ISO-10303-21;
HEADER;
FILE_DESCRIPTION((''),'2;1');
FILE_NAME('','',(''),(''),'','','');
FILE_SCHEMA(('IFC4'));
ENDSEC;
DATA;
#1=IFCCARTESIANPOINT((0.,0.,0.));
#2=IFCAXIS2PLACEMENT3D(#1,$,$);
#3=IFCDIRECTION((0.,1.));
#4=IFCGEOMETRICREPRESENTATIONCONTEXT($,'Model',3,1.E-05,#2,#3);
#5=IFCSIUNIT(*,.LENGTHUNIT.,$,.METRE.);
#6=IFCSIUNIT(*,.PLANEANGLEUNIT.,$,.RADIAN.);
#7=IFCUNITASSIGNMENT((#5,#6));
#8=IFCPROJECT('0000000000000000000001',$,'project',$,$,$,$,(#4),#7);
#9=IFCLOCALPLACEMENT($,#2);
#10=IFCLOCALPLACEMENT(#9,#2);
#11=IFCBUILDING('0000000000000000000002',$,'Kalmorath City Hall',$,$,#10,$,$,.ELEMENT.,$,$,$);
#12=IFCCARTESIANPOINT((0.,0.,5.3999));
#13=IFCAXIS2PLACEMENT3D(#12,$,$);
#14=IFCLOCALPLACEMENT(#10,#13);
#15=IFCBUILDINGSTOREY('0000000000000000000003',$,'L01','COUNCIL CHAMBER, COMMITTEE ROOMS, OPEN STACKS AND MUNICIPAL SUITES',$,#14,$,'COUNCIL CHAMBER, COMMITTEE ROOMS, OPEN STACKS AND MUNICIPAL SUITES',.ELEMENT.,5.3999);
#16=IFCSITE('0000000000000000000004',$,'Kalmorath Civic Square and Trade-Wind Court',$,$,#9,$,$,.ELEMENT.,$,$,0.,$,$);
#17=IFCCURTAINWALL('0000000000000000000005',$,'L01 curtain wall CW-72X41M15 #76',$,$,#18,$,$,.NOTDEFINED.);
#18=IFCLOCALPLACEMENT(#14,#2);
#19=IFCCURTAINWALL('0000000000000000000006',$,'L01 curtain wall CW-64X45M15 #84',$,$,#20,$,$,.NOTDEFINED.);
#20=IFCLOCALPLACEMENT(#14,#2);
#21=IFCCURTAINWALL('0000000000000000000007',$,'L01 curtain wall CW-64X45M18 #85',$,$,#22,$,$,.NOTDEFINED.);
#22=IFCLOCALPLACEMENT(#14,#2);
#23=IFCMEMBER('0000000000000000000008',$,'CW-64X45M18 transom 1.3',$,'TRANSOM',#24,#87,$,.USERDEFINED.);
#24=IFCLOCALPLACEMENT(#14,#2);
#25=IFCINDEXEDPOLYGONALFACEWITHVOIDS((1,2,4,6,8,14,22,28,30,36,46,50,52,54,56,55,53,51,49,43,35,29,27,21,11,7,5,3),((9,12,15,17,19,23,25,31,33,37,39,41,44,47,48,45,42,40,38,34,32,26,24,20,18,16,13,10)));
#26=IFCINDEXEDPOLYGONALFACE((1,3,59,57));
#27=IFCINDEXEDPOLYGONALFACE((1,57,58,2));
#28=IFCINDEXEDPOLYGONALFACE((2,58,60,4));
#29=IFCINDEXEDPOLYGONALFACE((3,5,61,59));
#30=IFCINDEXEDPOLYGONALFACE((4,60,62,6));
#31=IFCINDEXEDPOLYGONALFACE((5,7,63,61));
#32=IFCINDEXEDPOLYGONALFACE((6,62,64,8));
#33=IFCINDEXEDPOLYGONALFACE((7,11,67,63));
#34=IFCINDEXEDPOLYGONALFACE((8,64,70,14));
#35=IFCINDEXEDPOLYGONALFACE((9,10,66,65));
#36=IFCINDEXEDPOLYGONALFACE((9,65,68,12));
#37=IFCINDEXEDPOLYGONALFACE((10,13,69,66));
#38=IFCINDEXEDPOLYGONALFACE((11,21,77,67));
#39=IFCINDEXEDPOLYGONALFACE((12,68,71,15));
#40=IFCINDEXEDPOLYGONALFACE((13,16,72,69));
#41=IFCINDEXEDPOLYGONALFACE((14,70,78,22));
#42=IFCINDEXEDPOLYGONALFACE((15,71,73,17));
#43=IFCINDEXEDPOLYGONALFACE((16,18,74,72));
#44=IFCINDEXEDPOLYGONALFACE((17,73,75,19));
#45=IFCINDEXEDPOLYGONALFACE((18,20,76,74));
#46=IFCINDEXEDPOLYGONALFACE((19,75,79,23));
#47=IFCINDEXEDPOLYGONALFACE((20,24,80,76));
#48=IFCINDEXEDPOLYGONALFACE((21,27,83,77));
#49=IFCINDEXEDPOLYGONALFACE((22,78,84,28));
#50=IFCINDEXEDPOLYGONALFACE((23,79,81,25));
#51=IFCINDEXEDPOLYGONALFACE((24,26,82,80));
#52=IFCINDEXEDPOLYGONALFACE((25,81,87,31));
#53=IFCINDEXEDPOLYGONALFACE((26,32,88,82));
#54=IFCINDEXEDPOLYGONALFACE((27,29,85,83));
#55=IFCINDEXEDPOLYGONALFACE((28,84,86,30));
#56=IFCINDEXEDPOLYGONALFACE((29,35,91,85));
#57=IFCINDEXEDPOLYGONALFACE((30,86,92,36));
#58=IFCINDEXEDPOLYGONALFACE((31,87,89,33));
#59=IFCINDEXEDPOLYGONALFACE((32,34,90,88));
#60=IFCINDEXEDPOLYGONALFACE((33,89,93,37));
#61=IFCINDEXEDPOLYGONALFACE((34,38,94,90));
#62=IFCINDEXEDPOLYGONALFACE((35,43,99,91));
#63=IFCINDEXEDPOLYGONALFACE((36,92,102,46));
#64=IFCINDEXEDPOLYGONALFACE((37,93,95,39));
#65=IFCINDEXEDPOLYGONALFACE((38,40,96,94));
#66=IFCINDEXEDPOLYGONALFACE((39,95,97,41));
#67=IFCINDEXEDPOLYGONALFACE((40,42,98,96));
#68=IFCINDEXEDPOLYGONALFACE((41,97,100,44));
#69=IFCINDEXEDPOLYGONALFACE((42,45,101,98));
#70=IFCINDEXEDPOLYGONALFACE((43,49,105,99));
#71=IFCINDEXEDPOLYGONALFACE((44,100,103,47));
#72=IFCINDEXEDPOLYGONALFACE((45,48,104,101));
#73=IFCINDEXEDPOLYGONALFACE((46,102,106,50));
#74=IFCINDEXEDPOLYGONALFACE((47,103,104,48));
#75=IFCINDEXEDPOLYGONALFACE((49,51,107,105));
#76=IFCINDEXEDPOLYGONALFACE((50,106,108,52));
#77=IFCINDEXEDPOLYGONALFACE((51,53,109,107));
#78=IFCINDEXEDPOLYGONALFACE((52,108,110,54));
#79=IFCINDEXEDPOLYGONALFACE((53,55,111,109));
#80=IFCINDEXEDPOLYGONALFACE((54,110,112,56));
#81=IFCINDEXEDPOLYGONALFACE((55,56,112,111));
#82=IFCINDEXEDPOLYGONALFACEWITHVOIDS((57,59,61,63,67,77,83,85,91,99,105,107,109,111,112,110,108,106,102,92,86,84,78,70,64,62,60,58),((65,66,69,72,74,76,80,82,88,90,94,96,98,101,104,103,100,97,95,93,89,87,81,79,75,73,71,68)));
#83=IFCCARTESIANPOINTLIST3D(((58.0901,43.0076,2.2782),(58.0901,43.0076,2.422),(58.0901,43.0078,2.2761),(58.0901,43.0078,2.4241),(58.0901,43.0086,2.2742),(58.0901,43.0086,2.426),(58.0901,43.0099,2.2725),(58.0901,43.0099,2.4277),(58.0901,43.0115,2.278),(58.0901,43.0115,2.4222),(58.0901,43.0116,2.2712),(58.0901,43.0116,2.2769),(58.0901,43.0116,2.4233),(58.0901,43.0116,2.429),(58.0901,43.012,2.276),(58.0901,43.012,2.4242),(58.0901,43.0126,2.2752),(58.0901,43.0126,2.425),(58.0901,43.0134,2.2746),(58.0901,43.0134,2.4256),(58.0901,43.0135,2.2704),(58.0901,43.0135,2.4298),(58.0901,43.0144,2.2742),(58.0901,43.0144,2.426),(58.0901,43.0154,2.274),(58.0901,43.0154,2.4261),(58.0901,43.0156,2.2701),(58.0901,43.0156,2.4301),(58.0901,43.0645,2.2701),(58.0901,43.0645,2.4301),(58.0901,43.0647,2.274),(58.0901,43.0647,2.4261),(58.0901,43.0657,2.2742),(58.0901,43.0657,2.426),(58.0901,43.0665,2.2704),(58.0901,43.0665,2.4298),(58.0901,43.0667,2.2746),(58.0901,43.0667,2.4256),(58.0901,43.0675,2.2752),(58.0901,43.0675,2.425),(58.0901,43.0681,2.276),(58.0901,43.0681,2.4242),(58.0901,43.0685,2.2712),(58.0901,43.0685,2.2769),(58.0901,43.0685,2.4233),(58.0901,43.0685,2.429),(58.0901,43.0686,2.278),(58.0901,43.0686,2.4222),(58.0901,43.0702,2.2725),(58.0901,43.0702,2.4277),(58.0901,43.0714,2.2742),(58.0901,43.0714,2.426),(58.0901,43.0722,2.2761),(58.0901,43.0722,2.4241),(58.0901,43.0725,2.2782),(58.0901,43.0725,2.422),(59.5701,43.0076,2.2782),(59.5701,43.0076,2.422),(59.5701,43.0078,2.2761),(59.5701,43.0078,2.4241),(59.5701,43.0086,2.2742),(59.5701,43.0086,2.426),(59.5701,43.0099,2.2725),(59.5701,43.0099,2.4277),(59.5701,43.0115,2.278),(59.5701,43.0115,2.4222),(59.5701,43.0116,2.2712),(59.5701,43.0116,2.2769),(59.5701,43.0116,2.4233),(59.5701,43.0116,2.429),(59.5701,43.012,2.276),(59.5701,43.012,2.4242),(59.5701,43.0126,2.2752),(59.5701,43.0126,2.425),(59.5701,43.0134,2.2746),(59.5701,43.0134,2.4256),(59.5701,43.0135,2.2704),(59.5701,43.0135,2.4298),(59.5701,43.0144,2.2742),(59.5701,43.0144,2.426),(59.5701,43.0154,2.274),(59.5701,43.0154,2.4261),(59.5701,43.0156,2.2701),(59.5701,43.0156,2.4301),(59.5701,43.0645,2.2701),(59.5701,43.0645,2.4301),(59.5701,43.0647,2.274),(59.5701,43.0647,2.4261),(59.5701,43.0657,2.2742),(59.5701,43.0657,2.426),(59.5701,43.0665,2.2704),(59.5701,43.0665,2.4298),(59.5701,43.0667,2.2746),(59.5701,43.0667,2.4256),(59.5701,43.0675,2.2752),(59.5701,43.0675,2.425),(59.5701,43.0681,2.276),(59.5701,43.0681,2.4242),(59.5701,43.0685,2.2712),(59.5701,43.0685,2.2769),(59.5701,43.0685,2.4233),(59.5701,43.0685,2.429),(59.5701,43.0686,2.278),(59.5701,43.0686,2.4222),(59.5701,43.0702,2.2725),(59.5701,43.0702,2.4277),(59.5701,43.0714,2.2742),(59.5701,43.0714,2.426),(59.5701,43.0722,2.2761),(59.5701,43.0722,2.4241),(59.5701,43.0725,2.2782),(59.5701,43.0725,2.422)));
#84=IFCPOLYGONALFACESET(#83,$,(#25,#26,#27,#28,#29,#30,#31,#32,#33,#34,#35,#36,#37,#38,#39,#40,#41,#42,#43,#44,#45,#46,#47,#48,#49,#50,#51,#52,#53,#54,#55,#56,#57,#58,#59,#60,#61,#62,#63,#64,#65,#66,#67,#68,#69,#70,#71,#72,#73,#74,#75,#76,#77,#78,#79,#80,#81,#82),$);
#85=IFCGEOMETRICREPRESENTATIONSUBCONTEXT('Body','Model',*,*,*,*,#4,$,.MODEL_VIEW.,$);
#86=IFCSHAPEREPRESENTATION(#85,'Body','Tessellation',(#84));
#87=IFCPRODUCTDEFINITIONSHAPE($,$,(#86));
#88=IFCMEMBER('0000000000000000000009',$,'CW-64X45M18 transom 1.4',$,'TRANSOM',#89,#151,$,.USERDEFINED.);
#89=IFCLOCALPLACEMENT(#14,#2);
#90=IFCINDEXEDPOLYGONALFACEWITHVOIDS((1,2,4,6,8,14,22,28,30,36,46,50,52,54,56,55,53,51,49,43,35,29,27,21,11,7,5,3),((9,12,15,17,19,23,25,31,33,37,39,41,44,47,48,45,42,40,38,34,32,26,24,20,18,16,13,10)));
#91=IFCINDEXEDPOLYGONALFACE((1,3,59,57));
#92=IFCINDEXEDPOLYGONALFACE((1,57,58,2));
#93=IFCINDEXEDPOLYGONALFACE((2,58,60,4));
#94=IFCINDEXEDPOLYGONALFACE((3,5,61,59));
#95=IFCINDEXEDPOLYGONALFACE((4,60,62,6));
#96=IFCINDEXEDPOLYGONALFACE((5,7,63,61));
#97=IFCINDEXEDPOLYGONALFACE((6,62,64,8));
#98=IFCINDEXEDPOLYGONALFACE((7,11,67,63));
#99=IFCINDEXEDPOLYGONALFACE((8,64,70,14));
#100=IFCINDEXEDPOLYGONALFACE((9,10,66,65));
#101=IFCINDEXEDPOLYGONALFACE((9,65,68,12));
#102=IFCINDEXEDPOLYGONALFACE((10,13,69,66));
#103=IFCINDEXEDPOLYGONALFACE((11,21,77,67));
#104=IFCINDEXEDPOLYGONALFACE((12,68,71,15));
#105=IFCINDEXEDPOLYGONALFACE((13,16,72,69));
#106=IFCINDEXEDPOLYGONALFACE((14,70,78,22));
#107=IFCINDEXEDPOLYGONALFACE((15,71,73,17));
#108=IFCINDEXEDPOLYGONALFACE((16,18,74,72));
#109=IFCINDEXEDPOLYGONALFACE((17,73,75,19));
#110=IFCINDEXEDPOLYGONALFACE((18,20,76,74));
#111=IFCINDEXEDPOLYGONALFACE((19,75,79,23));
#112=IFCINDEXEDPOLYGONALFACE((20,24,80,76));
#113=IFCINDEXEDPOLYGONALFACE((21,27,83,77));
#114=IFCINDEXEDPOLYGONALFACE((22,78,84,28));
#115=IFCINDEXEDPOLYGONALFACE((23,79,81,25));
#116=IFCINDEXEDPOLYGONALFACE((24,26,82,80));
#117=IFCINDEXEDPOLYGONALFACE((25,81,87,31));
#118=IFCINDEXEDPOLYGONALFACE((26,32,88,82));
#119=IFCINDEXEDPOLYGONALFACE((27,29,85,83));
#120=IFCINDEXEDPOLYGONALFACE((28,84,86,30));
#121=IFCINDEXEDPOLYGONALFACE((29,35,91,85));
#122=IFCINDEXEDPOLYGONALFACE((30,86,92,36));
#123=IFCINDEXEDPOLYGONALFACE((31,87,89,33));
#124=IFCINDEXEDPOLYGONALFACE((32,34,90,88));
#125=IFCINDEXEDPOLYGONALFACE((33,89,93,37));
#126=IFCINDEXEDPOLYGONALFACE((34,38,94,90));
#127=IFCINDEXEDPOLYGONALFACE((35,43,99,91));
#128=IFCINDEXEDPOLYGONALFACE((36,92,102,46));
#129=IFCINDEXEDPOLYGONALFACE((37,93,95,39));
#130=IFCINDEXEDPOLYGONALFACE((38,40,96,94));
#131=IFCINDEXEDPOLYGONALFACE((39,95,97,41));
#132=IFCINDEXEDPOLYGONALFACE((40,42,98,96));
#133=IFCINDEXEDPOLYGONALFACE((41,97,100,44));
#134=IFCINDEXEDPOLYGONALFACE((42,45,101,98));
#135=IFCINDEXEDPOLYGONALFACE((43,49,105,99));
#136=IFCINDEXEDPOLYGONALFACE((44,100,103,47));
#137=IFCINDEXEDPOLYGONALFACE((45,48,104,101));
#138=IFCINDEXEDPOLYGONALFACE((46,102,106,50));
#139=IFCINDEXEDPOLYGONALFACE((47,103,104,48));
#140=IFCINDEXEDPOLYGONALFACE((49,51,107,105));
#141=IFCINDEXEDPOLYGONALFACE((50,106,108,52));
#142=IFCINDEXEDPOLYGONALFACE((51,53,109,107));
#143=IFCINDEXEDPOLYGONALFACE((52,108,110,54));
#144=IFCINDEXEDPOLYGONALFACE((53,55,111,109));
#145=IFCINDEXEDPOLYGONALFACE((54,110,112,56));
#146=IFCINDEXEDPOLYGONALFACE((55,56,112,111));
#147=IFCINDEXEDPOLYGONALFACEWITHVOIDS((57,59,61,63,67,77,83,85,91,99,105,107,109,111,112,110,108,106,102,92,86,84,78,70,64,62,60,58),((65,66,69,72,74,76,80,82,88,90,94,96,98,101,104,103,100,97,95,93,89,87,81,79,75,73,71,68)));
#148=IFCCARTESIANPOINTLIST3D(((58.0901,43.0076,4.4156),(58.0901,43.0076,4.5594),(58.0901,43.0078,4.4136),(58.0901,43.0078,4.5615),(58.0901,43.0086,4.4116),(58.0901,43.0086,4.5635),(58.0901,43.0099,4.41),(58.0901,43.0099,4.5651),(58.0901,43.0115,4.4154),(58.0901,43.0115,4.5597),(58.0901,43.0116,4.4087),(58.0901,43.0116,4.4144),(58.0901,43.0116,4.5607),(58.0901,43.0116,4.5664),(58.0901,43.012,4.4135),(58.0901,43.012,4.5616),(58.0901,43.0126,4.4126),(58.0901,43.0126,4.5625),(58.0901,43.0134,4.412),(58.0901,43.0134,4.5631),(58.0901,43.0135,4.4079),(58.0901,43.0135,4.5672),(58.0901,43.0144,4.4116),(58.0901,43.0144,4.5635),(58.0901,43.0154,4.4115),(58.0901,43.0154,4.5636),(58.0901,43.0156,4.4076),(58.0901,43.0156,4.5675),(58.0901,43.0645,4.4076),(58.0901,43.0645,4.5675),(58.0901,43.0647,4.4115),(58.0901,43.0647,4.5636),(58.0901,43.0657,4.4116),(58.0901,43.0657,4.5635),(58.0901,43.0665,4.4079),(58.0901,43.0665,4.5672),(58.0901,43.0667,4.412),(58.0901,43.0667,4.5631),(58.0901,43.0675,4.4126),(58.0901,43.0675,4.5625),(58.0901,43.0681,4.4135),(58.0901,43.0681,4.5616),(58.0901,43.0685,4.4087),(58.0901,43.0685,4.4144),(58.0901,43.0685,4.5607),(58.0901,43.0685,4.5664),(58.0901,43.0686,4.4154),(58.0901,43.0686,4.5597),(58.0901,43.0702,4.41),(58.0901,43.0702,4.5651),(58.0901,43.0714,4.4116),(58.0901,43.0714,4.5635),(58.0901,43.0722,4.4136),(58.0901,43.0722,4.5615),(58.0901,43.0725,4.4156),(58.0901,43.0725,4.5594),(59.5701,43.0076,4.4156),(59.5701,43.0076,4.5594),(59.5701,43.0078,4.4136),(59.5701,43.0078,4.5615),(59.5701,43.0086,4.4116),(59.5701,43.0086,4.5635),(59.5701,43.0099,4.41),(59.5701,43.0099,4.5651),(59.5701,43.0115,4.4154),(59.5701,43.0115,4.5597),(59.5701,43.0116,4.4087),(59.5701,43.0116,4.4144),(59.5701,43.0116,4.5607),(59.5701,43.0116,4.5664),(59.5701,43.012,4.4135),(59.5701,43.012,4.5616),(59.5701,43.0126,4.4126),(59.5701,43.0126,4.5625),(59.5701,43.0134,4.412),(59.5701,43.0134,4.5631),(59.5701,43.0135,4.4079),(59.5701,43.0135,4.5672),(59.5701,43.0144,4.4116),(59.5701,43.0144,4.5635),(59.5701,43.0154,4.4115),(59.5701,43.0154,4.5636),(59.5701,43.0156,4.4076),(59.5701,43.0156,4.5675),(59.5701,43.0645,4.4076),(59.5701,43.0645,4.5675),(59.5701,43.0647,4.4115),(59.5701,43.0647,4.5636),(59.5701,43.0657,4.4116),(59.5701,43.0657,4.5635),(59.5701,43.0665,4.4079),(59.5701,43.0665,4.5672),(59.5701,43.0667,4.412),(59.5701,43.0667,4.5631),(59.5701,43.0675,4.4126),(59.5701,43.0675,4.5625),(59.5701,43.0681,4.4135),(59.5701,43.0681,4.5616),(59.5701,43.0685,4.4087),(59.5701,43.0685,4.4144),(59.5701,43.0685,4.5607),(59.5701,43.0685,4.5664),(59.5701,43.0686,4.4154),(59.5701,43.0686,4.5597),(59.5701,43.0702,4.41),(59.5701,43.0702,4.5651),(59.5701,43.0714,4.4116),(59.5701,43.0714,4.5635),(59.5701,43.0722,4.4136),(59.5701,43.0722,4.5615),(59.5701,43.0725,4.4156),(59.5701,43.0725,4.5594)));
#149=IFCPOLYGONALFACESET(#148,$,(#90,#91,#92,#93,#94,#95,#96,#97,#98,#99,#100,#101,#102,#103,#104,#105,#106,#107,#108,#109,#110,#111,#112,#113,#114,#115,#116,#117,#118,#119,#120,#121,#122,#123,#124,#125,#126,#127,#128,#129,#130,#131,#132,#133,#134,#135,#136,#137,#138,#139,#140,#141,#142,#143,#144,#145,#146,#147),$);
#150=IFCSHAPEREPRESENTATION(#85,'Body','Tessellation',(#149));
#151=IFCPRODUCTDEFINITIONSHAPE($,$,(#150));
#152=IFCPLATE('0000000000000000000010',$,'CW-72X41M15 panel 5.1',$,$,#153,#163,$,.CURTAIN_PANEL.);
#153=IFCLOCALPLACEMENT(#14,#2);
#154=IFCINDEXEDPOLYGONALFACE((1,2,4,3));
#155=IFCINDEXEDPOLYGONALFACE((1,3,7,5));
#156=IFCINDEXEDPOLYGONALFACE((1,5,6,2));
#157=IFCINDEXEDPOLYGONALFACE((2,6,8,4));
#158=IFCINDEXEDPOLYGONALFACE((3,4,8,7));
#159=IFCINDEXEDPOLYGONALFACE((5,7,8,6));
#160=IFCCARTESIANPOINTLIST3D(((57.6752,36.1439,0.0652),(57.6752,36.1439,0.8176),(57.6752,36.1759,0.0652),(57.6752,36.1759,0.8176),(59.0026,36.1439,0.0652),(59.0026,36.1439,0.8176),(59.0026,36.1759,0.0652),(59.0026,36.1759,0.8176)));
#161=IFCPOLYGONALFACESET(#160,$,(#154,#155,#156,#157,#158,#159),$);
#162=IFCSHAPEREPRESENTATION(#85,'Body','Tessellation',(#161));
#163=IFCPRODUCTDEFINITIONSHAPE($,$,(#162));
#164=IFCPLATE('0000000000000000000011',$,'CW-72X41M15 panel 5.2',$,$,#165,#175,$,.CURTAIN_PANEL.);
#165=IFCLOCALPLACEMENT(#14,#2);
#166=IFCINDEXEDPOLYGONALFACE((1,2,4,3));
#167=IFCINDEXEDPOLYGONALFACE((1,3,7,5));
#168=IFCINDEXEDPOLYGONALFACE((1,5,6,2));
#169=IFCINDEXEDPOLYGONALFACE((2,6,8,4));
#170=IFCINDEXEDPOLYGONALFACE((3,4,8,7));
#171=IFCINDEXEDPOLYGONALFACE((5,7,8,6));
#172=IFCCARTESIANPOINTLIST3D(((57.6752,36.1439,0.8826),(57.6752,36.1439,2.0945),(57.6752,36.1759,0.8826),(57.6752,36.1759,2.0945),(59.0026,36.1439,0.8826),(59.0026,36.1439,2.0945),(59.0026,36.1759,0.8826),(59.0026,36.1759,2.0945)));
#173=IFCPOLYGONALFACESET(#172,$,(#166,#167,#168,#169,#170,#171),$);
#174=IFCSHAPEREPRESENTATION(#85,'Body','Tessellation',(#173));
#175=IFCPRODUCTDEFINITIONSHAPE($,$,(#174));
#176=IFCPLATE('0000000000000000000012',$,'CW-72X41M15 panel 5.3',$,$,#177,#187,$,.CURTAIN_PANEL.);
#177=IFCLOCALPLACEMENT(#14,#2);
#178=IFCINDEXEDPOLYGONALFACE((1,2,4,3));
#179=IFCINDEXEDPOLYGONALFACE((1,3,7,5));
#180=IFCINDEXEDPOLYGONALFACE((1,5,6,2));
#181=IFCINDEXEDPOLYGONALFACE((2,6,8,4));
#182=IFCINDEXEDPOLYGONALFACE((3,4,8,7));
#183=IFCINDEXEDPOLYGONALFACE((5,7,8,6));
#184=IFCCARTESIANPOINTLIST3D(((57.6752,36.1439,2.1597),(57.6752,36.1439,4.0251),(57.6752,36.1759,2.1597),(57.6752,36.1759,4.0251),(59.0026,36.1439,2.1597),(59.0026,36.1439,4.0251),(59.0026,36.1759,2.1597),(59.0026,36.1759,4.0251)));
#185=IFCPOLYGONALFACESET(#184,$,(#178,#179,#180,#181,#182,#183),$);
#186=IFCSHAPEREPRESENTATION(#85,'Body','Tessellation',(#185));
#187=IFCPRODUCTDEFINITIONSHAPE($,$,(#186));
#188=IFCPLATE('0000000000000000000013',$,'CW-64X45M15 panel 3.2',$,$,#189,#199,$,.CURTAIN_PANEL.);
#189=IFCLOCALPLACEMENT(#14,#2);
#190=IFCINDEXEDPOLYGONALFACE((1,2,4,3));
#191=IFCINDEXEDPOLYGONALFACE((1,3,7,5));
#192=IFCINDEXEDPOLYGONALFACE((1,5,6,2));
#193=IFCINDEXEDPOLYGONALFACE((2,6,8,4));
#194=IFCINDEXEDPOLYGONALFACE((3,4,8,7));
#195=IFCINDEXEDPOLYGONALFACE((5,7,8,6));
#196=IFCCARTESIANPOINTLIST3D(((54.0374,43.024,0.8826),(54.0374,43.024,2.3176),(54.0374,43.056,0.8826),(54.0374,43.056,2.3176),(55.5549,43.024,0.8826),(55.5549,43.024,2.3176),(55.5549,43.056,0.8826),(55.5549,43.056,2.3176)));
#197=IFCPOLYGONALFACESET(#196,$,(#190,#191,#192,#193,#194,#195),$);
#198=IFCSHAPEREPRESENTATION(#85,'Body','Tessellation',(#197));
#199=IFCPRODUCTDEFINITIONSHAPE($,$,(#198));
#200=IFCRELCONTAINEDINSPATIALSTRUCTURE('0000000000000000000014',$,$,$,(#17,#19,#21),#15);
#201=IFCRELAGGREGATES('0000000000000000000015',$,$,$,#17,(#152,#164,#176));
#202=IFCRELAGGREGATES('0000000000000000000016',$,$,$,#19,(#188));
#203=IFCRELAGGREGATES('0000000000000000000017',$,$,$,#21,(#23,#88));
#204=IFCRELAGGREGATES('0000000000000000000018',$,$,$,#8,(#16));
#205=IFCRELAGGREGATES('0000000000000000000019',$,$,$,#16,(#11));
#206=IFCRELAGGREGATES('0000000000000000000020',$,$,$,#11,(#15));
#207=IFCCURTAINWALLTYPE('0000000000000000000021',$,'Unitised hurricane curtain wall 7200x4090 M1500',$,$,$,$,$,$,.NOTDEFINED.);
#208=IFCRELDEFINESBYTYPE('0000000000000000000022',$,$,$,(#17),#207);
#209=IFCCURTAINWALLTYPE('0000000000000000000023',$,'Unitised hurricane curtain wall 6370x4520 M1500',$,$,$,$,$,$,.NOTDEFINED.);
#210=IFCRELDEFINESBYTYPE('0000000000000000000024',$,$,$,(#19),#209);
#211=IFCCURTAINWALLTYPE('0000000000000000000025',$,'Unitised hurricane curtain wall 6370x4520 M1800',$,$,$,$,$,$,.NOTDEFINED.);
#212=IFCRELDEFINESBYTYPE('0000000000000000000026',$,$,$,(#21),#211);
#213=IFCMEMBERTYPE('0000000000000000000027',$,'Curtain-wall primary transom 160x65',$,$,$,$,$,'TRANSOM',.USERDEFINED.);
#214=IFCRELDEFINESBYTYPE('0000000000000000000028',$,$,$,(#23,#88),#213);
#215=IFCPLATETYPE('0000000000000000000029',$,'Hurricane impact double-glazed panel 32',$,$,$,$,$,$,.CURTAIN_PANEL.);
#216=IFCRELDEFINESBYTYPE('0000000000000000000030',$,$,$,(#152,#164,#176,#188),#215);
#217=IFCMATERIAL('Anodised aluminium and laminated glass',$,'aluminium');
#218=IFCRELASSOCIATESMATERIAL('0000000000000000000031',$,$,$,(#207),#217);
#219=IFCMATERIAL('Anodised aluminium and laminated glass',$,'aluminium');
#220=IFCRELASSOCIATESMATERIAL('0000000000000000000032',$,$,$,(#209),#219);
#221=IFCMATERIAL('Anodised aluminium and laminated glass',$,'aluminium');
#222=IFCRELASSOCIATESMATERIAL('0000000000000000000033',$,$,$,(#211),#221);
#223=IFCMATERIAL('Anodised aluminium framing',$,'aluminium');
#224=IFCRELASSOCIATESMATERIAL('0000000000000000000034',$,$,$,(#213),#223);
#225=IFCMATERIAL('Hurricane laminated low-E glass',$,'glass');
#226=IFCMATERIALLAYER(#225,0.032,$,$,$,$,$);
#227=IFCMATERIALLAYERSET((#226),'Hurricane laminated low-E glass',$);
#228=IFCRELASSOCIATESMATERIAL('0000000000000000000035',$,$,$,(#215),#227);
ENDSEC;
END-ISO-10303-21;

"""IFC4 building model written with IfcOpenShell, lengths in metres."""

from ifc_helpers import new_model, si_unit, direction, frame, origin, origin_2d, place, context, subcontext, project, spatial, rectangle, hollow_rectangle, extrude, material, layer, layer_set, material_profile, profile_set, type_object, element, aggregate, save


model = new_model("IFC4")

# Units and contexts
model_context = context("Model", 3, precision=1e-05, world=origin(), true_north=direction((0.0, 1.0)))
body_context = subcontext(model_context, "Body", "Model", "MODEL_VIEW")
ifc_project = project(units=[si_unit("LENGTHUNIT", "METRE"), si_unit("PLANEANGLEUNIT", "RADIAN")], contexts=[model_context])

# Site, building, storey
site_placement = place(None, origin())
site = spatial("IfcSite", under=ifc_project, at=site_placement, Name="Kalmorath Civic Square and Trade-Wind Court", CompositionType="ELEMENT", RefElevation=0.0)
building_placement = place(site_placement, origin())
building = spatial("IfcBuilding", under=site, at=building_placement, Name="Kalmorath City Hall", CompositionType="ELEMENT")
storey_placement = place(building_placement, frame((0.0, 0.0, 5.3999)))
storey = spatial("IfcBuildingStorey", under=building, at=storey_placement, Name="L01", Description="COUNCIL CHAMBER, COMMITTEE ROOMS, OPEN STACKS AND MUNICIPAL SUITES", LongName="COUNCIL CHAMBER, COMMITTEE ROOMS, OPEN STACKS AND MUNICIPAL SUITES", CompositionType="ELEMENT", Elevation=5.3999)

# Curtain wall
ifc_material_1 = material(Name="Anodised aluminium and laminated glass", Category="aluminium")
curtain_wall_type_1 = type_object("IfcCurtainWallType", Name="Unitised hurricane curtain wall 7200x4090 M1500", PredefinedType="NOTDEFINED", material=ifc_material_1)
curtain_wall_1_placement = place(storey_placement, origin())
curtain_wall_1 = element("IfcCurtainWall", 1, at=curtain_wall_1_placement, inside=storey, type_object=curtain_wall_type_1, Name="L01 curtain wall CW-72X41M15 #76", PredefinedType="NOTDEFINED")

# Curtain wall
ifc_material_2 = material(Name="Anodised aluminium and laminated glass", Category="aluminium")
curtain_wall_type_2 = type_object("IfcCurtainWallType", Name="Unitised hurricane curtain wall 6370x4520 M1500", PredefinedType="NOTDEFINED", material=ifc_material_2)
curtain_wall_2_placement = place(storey_placement, origin())
curtain_wall_2 = element("IfcCurtainWall", 2, at=curtain_wall_2_placement, inside=storey, type_object=curtain_wall_type_2, Name="L01 curtain wall CW-64X45M15 #84", PredefinedType="NOTDEFINED")

# Curtain wall
ifc_material_3 = material(Name="Anodised aluminium and laminated glass", Category="aluminium")
curtain_wall_type_3 = type_object("IfcCurtainWallType", Name="Unitised hurricane curtain wall 6370x4520 M1800", PredefinedType="NOTDEFINED", material=ifc_material_3)
curtain_wall_3_placement = place(storey_placement, origin())
curtain_wall_3 = element("IfcCurtainWall", 3, at=curtain_wall_3_placement, inside=storey, type_object=curtain_wall_type_3, Name="L01 curtain wall CW-64X45M18 #85", PredefinedType="NOTDEFINED")

# Members
ifc_material_4 = material(Name="Anodised aluminium framing", Category="aluminium")
ifc_material_profile_1 = material_profile(ifc_material_4, hollow_rectangle(XDim=0.0649, YDim=0.1599, WallThickness=0.0039, InnerFilletRadius=0.0039, OuterFilletRadius=0.0081, at=origin_2d()), Name="ALU-TRN-160X65X4")
ifc_profile_set_1 = profile_set([ifc_material_profile_1], Name="Anodised aluminium framing")
member_type_1 = type_object("IfcMemberType", Name="Curtain-wall primary transom 160x65", ElementType="TRANSOM", PredefinedType="USERDEFINED", material=ifc_profile_set_1)
member_1_placement = place(storey_placement, frame((58.0901, 43.04, 2.3501), z_axis=(1.0, 0.0, 0.0), x_axis=(0.0, 1.0, 0.0)))
member_1 = element("IfcMember", 4, at=member_1_placement, type_object=member_type_1, Name="CW-64X45M18 transom 1.3", ObjectType="TRANSOM", PredefinedType="USERDEFINED", context=body_context, shape_type="SweptSolid", body=[
    extrude(hollow_rectangle(XDim=0.0649, YDim=0.1599, WallThickness=0.0039, InnerFilletRadius=0.0039, OuterFilletRadius=0.0081, at=origin_2d()), origin(), (0.0, 0.0, 1.0), 1.48),
])
member_2_placement = place(storey_placement, frame((58.0901, 43.04, 4.4875), z_axis=(1.0, 0.0, 0.0), x_axis=(0.0, 1.0, 0.0)))
member_2 = element("IfcMember", 5, at=member_2_placement, type_object=member_type_1, Name="CW-64X45M18 transom 1.4", ObjectType="TRANSOM", PredefinedType="USERDEFINED", context=body_context, shape_type="SweptSolid", body=[
    extrude(hollow_rectangle(XDim=0.0649, YDim=0.1599, WallThickness=0.0039, InnerFilletRadius=0.0039, OuterFilletRadius=0.0081, at=origin_2d()), origin(), (0.0, 0.0, 1.0), 1.48),
])

# Plates
ifc_material_5 = material(Name="Hurricane laminated low-E glass", Category="glass")
ifc_layer = layer(ifc_material_5, 0.032)
ifc_layer_set = layer_set([ifc_layer], Name="Hurricane laminated low-E glass")
plate_type = type_object("IfcPlateType", Name="Hurricane impact double-glazed panel 32", PredefinedType="CURTAIN_PANEL", material=ifc_layer_set)
plate_1_placement = place(storey_placement, frame((58.3389, 36.1599, 0.0652), z_axis=(0.0, 0.0, 1.0), x_axis=(-1.0, 0.0, 0.0)))
plate_1 = element("IfcPlate", 6, at=plate_1_placement, type_object=plate_type, Name="CW-72X41M15 panel 5.1", PredefinedType="CURTAIN_PANEL", context=body_context, shape_type="SweptSolid", body=[
    extrude(rectangle(XDim=1.3274, YDim=0.032, at=origin_2d()), origin(), (0.0, 0.0, 1.0), 0.7524),
])
plate_2_placement = place(storey_placement, frame((58.3389, 36.1599, 0.8826), z_axis=(0.0, 0.0, 1.0), x_axis=(-1.0, 0.0, 0.0)))
plate_2 = element("IfcPlate", 7, at=plate_2_placement, type_object=plate_type, Name="CW-72X41M15 panel 5.2", PredefinedType="CURTAIN_PANEL", context=body_context, shape_type="SweptSolid", body=[
    extrude(rectangle(XDim=1.3274, YDim=0.032, at=origin_2d()), origin(), (0.0, 0.0, 1.0), 1.2119),
])
plate_3_placement = place(storey_placement, frame((58.3389, 36.1599, 2.1597), z_axis=(0.0, 0.0, 1.0), x_axis=(-1.0, 0.0, 0.0)))
plate_3 = element("IfcPlate", 8, at=plate_3_placement, type_object=plate_type, Name="CW-72X41M15 panel 5.3", PredefinedType="CURTAIN_PANEL", context=body_context, shape_type="SweptSolid", body=[
    extrude(rectangle(XDim=1.3274, YDim=0.032, at=origin_2d()), origin(), (0.0, 0.0, 1.0), 1.8655),
])
aggregate(curtain_wall_1, [plate_1, plate_2, plate_3])
plate_4_placement = place(storey_placement, frame((54.7961, 43.04, 0.8826), z_axis=(0.0, 0.0, 1.0), x_axis=(1.0, 0.0, 0.0)))
plate_4 = element("IfcPlate", 9, at=plate_4_placement, type_object=plate_type, Name="CW-64X45M15 panel 3.2", PredefinedType="CURTAIN_PANEL", context=body_context, shape_type="SweptSolid", body=[
    extrude(rectangle(XDim=1.5176, YDim=0.032, at=origin_2d()), origin(), (0.0, 0.0, 1.0), 1.4351),
])
aggregate(curtain_wall_2, [plate_4])
aggregate(curtain_wall_3, [member_1, member_2])

save(model, "model.ifc")
